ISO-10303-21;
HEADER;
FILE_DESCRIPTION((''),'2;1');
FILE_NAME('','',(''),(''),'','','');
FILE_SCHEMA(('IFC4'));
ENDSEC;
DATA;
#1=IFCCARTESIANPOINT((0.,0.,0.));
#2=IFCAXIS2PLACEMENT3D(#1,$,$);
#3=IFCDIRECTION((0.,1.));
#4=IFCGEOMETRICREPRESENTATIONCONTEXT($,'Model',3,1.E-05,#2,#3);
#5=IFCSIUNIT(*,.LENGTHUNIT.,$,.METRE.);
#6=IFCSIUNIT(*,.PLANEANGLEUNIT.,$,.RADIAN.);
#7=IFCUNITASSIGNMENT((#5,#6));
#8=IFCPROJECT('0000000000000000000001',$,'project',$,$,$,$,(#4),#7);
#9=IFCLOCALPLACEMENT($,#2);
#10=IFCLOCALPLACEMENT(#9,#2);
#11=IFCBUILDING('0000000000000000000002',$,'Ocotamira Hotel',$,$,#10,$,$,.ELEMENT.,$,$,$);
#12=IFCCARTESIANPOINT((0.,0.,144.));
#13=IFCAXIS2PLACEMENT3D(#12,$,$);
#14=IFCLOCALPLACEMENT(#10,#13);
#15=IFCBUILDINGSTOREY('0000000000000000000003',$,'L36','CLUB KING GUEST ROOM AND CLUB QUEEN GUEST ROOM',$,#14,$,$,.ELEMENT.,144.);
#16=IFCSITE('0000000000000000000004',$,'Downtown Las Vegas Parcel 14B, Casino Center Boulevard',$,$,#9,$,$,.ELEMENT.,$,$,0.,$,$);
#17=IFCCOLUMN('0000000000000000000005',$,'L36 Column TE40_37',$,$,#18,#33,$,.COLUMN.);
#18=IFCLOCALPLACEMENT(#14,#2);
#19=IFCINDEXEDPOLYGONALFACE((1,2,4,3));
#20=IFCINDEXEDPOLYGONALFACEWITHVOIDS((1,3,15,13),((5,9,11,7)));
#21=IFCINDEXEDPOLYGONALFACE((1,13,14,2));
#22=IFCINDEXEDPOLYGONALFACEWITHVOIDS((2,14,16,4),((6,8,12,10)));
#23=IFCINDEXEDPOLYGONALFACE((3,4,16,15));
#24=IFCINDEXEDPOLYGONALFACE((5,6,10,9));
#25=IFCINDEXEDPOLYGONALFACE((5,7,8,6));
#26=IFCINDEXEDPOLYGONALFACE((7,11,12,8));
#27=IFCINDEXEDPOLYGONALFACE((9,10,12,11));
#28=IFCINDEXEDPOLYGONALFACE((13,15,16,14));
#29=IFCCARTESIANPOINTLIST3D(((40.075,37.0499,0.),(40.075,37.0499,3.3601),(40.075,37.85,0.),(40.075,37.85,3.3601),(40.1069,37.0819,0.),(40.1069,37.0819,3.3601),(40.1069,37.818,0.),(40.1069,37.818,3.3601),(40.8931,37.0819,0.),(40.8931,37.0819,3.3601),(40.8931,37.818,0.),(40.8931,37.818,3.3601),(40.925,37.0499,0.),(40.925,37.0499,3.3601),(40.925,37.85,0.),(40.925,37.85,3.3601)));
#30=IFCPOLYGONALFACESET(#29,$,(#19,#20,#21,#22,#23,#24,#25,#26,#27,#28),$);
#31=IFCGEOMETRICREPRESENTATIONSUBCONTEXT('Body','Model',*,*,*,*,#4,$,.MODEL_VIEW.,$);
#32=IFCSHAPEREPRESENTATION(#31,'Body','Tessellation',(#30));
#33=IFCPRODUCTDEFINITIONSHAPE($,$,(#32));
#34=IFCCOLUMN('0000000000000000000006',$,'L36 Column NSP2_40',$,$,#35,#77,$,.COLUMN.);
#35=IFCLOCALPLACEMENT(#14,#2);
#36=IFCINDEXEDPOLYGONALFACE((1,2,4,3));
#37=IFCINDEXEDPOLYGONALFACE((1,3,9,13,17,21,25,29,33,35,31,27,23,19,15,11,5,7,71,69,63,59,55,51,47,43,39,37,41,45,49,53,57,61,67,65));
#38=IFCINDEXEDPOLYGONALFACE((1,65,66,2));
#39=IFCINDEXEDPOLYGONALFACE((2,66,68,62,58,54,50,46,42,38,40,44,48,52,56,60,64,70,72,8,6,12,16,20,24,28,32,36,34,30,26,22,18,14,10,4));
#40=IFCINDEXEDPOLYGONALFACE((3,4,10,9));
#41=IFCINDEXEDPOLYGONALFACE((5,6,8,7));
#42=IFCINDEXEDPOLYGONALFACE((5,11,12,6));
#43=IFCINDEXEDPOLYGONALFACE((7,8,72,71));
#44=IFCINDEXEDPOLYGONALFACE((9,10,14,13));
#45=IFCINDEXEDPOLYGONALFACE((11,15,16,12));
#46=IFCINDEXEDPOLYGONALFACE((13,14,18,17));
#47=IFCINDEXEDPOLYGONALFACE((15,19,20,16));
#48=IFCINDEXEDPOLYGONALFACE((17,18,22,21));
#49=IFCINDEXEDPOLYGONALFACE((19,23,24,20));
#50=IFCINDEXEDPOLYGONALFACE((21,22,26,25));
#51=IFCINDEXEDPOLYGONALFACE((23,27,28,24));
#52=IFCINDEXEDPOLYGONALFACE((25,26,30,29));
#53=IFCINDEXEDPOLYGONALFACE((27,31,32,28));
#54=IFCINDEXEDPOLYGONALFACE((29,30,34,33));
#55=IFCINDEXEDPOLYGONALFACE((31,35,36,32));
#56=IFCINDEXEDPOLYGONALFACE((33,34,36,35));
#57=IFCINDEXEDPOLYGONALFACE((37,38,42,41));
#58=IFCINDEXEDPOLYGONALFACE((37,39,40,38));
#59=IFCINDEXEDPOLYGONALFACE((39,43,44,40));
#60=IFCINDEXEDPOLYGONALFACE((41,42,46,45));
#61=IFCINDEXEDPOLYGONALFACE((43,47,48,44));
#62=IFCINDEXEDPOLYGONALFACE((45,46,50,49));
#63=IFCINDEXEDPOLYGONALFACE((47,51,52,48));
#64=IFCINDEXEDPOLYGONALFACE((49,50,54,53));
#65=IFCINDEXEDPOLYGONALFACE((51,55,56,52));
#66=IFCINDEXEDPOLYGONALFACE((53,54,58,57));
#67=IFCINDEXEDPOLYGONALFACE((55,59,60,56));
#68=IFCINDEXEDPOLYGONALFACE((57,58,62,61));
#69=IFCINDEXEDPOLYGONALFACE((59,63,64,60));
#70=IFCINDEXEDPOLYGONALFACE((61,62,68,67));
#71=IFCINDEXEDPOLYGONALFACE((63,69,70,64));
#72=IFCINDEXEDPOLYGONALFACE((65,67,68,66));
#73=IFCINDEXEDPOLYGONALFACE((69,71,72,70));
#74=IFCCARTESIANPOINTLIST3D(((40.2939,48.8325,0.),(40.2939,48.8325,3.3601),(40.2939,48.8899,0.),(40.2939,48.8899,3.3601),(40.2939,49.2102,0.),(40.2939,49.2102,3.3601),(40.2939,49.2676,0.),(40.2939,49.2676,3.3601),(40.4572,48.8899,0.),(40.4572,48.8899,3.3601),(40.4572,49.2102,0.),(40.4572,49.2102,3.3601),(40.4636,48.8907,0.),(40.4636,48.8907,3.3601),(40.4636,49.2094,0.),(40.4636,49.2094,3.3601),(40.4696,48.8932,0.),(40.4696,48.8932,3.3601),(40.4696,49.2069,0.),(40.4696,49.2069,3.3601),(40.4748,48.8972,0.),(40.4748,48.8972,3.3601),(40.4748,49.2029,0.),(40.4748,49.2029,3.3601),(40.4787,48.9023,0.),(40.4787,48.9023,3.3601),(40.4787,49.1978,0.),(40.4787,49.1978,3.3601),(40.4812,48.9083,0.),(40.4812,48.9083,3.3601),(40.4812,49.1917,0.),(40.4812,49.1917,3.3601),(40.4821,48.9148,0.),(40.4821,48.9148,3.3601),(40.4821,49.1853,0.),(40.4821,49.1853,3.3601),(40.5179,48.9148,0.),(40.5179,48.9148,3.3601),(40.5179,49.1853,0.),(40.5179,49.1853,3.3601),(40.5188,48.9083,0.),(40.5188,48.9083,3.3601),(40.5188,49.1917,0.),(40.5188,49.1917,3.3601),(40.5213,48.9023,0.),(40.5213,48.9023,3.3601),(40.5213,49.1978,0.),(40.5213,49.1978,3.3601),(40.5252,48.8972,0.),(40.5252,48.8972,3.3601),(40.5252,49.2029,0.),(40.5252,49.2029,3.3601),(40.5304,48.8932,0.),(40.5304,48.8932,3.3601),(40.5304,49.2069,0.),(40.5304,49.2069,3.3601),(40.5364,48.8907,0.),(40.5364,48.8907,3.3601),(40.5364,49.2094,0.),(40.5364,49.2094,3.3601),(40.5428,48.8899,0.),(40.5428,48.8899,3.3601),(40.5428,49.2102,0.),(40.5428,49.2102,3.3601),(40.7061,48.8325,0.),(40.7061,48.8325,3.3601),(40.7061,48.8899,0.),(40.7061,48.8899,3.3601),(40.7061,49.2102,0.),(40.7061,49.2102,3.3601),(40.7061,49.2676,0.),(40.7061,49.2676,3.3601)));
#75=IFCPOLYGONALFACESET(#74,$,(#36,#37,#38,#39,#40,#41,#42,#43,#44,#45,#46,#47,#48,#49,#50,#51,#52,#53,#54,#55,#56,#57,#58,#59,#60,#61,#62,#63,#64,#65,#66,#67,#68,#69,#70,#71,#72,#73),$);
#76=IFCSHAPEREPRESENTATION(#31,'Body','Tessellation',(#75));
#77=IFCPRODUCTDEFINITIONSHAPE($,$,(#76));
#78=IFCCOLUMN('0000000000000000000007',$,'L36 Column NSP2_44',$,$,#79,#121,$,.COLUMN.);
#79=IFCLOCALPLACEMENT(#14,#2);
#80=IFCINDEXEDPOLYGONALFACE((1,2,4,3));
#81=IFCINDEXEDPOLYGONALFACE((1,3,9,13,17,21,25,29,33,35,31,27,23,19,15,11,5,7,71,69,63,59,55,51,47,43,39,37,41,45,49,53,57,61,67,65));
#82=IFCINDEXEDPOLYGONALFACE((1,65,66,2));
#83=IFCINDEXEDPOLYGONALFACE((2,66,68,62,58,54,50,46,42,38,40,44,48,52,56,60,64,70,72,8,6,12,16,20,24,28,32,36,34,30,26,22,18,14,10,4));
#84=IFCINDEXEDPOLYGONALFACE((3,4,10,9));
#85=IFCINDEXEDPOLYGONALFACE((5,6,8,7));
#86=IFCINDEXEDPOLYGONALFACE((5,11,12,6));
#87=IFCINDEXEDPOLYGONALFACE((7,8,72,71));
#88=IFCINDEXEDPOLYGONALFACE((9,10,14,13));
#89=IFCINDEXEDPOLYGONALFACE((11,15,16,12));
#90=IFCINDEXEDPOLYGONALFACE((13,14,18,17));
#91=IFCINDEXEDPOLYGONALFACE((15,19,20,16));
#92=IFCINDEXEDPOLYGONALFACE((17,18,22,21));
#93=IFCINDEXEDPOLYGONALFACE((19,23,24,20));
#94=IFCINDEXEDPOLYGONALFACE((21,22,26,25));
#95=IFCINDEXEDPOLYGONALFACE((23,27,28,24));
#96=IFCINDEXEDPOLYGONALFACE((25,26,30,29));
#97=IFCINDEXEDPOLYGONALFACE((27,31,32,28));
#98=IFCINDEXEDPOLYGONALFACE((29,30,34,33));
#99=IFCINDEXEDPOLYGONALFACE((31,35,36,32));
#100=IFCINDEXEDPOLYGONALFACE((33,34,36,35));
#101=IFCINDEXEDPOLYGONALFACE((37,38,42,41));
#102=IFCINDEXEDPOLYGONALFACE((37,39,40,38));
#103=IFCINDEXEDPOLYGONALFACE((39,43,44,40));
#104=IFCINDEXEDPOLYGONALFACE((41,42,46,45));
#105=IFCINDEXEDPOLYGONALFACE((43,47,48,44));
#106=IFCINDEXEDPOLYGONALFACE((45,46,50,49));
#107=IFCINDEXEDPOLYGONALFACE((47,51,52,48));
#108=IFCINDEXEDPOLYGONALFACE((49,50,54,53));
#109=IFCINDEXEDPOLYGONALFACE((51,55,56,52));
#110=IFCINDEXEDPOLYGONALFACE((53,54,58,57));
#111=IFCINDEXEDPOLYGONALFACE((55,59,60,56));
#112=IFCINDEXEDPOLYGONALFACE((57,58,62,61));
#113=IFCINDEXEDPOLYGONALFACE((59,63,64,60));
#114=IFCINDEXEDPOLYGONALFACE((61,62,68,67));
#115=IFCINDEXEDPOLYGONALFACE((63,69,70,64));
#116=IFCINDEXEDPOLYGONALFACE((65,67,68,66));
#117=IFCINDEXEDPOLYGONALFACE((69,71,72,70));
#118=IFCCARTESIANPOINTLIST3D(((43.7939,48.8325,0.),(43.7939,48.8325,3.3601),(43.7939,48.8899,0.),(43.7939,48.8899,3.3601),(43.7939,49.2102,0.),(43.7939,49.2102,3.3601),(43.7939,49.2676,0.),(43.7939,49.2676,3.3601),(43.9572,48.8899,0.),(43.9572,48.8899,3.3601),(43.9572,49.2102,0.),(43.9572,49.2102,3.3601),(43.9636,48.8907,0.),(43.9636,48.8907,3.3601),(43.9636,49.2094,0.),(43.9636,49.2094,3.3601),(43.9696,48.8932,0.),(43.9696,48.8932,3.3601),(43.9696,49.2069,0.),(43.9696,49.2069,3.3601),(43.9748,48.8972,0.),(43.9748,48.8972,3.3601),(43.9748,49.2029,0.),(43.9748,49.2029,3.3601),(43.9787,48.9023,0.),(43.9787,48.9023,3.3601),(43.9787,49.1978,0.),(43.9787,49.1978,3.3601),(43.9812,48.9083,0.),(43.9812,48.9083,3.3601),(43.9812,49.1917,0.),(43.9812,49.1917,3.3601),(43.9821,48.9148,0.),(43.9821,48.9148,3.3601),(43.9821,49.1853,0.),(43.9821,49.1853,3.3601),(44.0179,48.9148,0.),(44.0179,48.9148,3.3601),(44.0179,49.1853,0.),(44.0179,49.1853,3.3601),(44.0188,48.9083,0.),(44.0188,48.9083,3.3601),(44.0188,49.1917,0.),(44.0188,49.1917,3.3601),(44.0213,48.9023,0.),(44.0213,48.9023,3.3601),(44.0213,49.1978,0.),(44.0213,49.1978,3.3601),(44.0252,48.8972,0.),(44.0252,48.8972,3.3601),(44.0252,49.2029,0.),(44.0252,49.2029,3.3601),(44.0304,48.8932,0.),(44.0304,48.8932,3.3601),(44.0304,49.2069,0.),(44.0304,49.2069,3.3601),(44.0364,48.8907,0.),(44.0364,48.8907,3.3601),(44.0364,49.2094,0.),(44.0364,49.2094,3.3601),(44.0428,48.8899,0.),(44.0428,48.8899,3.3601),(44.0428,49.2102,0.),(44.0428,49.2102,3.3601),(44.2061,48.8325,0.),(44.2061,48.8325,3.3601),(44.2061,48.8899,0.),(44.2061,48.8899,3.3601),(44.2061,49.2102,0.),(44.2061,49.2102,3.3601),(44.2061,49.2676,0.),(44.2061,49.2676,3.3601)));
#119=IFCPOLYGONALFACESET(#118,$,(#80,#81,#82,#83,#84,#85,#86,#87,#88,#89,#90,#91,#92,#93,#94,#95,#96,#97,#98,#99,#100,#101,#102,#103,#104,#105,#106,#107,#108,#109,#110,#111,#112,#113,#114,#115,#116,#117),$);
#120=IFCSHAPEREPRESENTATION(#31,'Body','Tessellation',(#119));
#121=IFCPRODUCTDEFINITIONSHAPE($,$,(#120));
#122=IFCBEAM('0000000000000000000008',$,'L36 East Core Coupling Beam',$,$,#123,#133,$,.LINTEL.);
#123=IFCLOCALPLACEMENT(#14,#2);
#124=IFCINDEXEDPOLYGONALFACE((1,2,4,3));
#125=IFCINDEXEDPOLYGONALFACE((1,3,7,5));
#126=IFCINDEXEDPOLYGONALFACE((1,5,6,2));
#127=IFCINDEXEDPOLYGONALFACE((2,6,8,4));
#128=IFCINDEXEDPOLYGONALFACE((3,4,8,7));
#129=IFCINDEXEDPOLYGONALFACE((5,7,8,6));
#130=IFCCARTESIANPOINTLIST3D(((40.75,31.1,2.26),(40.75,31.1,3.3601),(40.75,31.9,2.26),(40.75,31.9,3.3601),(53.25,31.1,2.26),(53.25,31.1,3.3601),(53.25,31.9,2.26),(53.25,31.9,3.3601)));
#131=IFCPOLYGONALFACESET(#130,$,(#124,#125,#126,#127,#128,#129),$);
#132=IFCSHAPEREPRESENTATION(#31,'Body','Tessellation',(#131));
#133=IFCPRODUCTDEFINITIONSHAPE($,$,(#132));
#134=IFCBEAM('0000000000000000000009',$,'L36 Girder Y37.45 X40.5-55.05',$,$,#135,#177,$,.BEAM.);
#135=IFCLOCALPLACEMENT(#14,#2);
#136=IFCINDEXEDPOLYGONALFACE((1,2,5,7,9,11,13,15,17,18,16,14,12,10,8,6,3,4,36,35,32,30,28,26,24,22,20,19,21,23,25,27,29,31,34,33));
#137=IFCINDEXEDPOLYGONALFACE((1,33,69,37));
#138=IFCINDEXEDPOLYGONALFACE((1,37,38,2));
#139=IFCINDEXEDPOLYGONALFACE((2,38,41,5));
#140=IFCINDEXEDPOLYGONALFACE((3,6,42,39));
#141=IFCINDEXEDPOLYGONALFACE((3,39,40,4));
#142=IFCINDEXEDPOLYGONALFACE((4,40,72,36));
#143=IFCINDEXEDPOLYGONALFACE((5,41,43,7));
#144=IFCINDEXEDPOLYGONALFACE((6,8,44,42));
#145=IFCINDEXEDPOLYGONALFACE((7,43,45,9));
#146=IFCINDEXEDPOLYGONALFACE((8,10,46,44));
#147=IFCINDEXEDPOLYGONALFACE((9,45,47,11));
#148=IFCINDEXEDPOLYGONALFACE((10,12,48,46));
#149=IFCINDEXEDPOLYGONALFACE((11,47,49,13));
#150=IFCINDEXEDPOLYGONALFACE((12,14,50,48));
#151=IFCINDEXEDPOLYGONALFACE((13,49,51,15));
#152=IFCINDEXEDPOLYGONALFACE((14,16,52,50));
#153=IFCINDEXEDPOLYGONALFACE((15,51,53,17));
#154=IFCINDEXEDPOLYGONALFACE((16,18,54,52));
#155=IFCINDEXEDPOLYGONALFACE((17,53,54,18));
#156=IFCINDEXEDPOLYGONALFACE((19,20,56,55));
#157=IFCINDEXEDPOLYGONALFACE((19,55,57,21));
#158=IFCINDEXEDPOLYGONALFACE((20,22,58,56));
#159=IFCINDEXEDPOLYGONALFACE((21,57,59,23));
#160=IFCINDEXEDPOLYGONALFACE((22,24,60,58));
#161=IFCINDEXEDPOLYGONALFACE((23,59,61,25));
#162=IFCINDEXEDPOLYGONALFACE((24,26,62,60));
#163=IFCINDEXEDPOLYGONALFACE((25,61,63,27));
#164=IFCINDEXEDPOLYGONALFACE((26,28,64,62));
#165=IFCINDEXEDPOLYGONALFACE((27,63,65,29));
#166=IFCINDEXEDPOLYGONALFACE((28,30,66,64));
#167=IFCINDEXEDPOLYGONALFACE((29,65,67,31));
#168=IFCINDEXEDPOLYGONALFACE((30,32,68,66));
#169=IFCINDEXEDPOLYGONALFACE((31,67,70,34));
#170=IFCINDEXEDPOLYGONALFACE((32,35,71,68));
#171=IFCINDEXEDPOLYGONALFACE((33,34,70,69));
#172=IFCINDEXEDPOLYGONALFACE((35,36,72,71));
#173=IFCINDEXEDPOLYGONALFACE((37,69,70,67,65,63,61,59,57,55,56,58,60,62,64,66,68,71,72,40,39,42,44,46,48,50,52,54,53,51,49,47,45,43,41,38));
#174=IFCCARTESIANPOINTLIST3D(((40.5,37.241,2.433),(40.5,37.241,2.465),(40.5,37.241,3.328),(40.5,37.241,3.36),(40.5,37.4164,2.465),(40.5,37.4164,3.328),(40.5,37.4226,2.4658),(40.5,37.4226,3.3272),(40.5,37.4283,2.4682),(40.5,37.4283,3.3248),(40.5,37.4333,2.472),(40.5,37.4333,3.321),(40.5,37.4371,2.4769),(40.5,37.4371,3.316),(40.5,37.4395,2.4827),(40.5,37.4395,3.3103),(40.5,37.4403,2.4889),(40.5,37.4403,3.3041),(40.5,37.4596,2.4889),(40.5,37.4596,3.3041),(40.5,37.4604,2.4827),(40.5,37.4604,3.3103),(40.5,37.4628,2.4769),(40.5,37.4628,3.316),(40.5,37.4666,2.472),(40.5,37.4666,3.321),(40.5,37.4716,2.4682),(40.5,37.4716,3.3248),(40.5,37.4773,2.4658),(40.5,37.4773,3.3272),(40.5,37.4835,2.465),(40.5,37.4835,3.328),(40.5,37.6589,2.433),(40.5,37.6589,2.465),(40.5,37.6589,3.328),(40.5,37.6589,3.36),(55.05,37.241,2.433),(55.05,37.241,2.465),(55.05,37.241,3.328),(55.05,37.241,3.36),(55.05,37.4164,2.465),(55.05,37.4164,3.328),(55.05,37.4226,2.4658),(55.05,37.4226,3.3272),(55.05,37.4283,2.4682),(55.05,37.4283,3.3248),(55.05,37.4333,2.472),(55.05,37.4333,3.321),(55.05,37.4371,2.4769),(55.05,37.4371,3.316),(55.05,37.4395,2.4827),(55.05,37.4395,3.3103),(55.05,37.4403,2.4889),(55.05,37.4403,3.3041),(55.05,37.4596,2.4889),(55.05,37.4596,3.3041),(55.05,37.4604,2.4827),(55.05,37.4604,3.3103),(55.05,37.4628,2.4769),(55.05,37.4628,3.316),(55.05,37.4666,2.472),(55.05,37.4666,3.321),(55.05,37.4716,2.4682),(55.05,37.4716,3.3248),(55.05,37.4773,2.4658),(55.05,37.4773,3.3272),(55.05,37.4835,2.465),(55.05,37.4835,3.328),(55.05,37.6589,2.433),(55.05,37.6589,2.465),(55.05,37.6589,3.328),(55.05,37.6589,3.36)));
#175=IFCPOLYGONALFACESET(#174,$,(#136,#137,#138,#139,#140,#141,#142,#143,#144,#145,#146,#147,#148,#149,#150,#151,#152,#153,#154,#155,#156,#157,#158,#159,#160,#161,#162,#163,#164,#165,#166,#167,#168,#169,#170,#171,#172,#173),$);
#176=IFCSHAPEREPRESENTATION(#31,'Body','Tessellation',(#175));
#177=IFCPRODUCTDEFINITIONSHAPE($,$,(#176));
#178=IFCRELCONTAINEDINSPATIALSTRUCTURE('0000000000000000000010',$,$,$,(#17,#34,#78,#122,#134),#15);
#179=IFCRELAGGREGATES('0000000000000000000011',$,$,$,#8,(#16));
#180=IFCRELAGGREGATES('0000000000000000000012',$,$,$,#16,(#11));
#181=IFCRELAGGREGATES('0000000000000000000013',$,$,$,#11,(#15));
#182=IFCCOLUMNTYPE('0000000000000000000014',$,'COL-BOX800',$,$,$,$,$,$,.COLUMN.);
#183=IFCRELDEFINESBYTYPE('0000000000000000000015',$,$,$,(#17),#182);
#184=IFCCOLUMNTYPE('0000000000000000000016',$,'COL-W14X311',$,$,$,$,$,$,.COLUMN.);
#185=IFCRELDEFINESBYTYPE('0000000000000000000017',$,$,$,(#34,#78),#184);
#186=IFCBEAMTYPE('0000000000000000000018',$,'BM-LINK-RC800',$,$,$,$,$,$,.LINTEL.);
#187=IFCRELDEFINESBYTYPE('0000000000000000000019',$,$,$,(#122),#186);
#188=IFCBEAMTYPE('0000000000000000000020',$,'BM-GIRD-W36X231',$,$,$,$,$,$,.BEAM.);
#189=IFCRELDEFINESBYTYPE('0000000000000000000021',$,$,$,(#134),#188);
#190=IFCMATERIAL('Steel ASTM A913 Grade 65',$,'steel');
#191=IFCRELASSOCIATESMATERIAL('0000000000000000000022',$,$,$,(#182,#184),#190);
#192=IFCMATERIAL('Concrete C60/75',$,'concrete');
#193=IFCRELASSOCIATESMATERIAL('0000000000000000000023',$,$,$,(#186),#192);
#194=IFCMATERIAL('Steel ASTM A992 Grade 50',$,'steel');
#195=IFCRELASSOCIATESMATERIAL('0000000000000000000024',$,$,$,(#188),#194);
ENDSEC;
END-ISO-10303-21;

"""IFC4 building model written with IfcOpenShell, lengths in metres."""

from ifc_helpers import new_model, si_unit, direction, frame, origin, origin_2d, place, context, subcontext, project, spatial, rectangle, hollow_rectangle, i_section, extrude, source, transform, mapped, material, material_profile, profile_set, type_object, element, save


model = new_model("IFC4")

# Units and contexts
model_context = context("Model", 3, precision=1e-05, world=origin(), true_north=direction((0.0, 1.0)))
body_context = subcontext(model_context, "Body", "Model", "MODEL_VIEW")
ifc_project = project(units=[si_unit("LENGTHUNIT", "METRE"), si_unit("PLANEANGLEUNIT", "RADIAN")], contexts=[model_context])

# Site, building, storey
site_placement = place(None, origin())
site = spatial("IfcSite", under=ifc_project, at=site_placement, Name="Downtown Las Vegas Parcel 14B, Casino Center Boulevard", CompositionType="ELEMENT", RefElevation=0.0)
building_placement = place(site_placement, origin())
building = spatial("IfcBuilding", under=site, at=building_placement, Name="Ocotamira Hotel", CompositionType="ELEMENT")
storey_placement = place(building_placement, frame((0.0, 0.0, 144.0)))
storey = spatial("IfcBuildingStorey", under=building, at=storey_placement, Name="L36", Description="CLUB KING GUEST ROOM AND CLUB QUEEN GUEST ROOM", CompositionType="ELEMENT", Elevation=144.0)

# Columns
ifc_material_1 = material(Name="Steel ASTM A913 Grade 65", Category="steel")
ifc_material_profile_1 = material_profile(ifc_material_1, hollow_rectangle(XDim=0.8501, YDim=0.8, WallThickness=0.032, at=origin_2d()), Name="BOX800X850X32")
ifc_profile_set_1 = profile_set([ifc_material_profile_1], Name="Steel ASTM A913 Grade 65")
column_type_1 = type_object("IfcColumnType", Name="COL-BOX800", PredefinedType="COLUMN", material=ifc_profile_set_1)
shared_shape_1 = source(origin(), body_context, "Body", "SweptSolid", [
    extrude(hollow_rectangle(XDim=0.8501, YDim=0.8, WallThickness=0.032, at=origin_2d()), origin(), (0.0, 0.0, 1.0), 3.3601),
])
column_placement = place(storey_placement, frame((40.5, 37.45, 0.0), z_axis=(0.0, 0.0, 1.0), x_axis=(1.0, 0.0, 0.0)))
element("IfcColumn", 1, at=column_placement, inside=storey, type_object=column_type_1, Name="L36 Column TE40_37", PredefinedType="COLUMN", context=body_context, shape_type="MappedRepresentation", body=[
    mapped(shared_shape_1, transform((0.0, 0.0, 0.0), scale=1.0)),
])
ifc_material_profile_2 = material_profile(ifc_material_1, i_section(OverallWidth=0.4121, OverallDepth=0.4351, WebThickness=0.0359, FlangeThickness=0.0574, FilletRadius=0.0249, at=origin_2d()), Name="W14X311")
ifc_profile_set_2 = profile_set([ifc_material_profile_2], Name="Steel ASTM A913 Grade 65")
column_type_2 = type_object("IfcColumnType", Name="COL-W14X311", PredefinedType="COLUMN", material=ifc_profile_set_2)
shared_shape_2 = source(origin(), body_context, "Body", "SweptSolid", [
    extrude(i_section(OverallWidth=0.4121, OverallDepth=0.4351, WebThickness=0.0359, FlangeThickness=0.0574, FilletRadius=0.0249, at=origin_2d()), origin(), (0.0, 0.0, 1.0), 3.3601),
])
for number, where, z_axis, x_axis, name in (
    (2, (40.5, 49.05, 0.0), (0.0, 0.0, 1.0), (1.0, 0.0, 0.0), "L36 Column NSP2_40"),
    (3, (44.0, 49.05, 0.0), (0.0, 0.0, 1.0), (1.0, 0.0, 0.0), "L36 Column NSP2_44"),
):
    element("IfcColumn", number, at=place(storey_placement, frame(where, z_axis=z_axis, x_axis=x_axis)), inside=storey, type_object=column_type_2, Name=name, PredefinedType="COLUMN", context=body_context, shape_type="MappedRepresentation", body=[
        mapped(shared_shape_2, transform((0.0, 0.0, 0.0), scale=1.0)),
    ])

# Beams
ifc_material_2 = material(Name="Concrete C60/75", Category="concrete")
ifc_material_profile_3 = material_profile(ifc_material_2, rectangle(XDim=0.8, YDim=1.1001, at=origin_2d()), Name="RC800X1100")
ifc_profile_set_3 = profile_set([ifc_material_profile_3], Name="Concrete C60/75")
beam_type_1 = type_object("IfcBeamType", Name="BM-LINK-RC800", PredefinedType="LINTEL", material=ifc_profile_set_3)
shared_shape_3 = source(origin(), body_context, "Body", "SweptSolid", [
    extrude(rectangle(XDim=0.8, YDim=1.1001, at=origin_2d()), origin(), (0.0, 0.0, 1.0), 12.5),
])
beam_1_placement = place(storey_placement, frame((40.75, 31.5, 2.8101), z_axis=(1.0, 0.0, 0.0), x_axis=(0.0, 1.0, 0.0)))
element("IfcBeam", 4, at=beam_1_placement, inside=storey, type_object=beam_type_1, Name="L36 East Core Coupling Beam", PredefinedType="LINTEL", context=body_context, shape_type="MappedRepresentation", body=[
    mapped(shared_shape_3, transform((0.0, 0.0, 0.0), scale=1.0)),
])
ifc_material_3 = material(Name="Steel ASTM A992 Grade 50", Category="steel")
ifc_material_profile_4 = material_profile(ifc_material_3, i_section(OverallWidth=0.418, OverallDepth=0.927, WebThickness=0.0193, FlangeThickness=0.032, FilletRadius=0.0239, at=origin_2d()), Name="W36X231")
ifc_profile_set_4 = profile_set([ifc_material_profile_4], Name="Steel ASTM A992 Grade 50")
beam_type_2 = type_object("IfcBeamType", Name="BM-GIRD-W36X231", PredefinedType="BEAM", material=ifc_profile_set_4)
shared_shape_4 = source(origin(), body_context, "Body", "SweptSolid", [
    extrude(i_section(OverallWidth=0.418, OverallDepth=0.927, WebThickness=0.0193, FlangeThickness=0.032, FilletRadius=0.0239, at=origin_2d()), origin(), (0.0, 0.0, 1.0), 14.55),
])
beam_2_placement = place(storey_placement, frame((40.5, 37.45, 2.8965), z_axis=(1.0, 0.0, 0.0), x_axis=(0.0, 1.0, 0.0)))
element("IfcBeam", 5, at=beam_2_placement, inside=storey, type_object=beam_type_2, Name="L36 Girder Y37.45 X40.5-55.05", PredefinedType="BEAM", context=body_context, shape_type="MappedRepresentation", body=[
    mapped(shared_shape_4, transform((0.0, 0.0, 0.0), scale=1.0)),
])

save(model, "model.ifc")
